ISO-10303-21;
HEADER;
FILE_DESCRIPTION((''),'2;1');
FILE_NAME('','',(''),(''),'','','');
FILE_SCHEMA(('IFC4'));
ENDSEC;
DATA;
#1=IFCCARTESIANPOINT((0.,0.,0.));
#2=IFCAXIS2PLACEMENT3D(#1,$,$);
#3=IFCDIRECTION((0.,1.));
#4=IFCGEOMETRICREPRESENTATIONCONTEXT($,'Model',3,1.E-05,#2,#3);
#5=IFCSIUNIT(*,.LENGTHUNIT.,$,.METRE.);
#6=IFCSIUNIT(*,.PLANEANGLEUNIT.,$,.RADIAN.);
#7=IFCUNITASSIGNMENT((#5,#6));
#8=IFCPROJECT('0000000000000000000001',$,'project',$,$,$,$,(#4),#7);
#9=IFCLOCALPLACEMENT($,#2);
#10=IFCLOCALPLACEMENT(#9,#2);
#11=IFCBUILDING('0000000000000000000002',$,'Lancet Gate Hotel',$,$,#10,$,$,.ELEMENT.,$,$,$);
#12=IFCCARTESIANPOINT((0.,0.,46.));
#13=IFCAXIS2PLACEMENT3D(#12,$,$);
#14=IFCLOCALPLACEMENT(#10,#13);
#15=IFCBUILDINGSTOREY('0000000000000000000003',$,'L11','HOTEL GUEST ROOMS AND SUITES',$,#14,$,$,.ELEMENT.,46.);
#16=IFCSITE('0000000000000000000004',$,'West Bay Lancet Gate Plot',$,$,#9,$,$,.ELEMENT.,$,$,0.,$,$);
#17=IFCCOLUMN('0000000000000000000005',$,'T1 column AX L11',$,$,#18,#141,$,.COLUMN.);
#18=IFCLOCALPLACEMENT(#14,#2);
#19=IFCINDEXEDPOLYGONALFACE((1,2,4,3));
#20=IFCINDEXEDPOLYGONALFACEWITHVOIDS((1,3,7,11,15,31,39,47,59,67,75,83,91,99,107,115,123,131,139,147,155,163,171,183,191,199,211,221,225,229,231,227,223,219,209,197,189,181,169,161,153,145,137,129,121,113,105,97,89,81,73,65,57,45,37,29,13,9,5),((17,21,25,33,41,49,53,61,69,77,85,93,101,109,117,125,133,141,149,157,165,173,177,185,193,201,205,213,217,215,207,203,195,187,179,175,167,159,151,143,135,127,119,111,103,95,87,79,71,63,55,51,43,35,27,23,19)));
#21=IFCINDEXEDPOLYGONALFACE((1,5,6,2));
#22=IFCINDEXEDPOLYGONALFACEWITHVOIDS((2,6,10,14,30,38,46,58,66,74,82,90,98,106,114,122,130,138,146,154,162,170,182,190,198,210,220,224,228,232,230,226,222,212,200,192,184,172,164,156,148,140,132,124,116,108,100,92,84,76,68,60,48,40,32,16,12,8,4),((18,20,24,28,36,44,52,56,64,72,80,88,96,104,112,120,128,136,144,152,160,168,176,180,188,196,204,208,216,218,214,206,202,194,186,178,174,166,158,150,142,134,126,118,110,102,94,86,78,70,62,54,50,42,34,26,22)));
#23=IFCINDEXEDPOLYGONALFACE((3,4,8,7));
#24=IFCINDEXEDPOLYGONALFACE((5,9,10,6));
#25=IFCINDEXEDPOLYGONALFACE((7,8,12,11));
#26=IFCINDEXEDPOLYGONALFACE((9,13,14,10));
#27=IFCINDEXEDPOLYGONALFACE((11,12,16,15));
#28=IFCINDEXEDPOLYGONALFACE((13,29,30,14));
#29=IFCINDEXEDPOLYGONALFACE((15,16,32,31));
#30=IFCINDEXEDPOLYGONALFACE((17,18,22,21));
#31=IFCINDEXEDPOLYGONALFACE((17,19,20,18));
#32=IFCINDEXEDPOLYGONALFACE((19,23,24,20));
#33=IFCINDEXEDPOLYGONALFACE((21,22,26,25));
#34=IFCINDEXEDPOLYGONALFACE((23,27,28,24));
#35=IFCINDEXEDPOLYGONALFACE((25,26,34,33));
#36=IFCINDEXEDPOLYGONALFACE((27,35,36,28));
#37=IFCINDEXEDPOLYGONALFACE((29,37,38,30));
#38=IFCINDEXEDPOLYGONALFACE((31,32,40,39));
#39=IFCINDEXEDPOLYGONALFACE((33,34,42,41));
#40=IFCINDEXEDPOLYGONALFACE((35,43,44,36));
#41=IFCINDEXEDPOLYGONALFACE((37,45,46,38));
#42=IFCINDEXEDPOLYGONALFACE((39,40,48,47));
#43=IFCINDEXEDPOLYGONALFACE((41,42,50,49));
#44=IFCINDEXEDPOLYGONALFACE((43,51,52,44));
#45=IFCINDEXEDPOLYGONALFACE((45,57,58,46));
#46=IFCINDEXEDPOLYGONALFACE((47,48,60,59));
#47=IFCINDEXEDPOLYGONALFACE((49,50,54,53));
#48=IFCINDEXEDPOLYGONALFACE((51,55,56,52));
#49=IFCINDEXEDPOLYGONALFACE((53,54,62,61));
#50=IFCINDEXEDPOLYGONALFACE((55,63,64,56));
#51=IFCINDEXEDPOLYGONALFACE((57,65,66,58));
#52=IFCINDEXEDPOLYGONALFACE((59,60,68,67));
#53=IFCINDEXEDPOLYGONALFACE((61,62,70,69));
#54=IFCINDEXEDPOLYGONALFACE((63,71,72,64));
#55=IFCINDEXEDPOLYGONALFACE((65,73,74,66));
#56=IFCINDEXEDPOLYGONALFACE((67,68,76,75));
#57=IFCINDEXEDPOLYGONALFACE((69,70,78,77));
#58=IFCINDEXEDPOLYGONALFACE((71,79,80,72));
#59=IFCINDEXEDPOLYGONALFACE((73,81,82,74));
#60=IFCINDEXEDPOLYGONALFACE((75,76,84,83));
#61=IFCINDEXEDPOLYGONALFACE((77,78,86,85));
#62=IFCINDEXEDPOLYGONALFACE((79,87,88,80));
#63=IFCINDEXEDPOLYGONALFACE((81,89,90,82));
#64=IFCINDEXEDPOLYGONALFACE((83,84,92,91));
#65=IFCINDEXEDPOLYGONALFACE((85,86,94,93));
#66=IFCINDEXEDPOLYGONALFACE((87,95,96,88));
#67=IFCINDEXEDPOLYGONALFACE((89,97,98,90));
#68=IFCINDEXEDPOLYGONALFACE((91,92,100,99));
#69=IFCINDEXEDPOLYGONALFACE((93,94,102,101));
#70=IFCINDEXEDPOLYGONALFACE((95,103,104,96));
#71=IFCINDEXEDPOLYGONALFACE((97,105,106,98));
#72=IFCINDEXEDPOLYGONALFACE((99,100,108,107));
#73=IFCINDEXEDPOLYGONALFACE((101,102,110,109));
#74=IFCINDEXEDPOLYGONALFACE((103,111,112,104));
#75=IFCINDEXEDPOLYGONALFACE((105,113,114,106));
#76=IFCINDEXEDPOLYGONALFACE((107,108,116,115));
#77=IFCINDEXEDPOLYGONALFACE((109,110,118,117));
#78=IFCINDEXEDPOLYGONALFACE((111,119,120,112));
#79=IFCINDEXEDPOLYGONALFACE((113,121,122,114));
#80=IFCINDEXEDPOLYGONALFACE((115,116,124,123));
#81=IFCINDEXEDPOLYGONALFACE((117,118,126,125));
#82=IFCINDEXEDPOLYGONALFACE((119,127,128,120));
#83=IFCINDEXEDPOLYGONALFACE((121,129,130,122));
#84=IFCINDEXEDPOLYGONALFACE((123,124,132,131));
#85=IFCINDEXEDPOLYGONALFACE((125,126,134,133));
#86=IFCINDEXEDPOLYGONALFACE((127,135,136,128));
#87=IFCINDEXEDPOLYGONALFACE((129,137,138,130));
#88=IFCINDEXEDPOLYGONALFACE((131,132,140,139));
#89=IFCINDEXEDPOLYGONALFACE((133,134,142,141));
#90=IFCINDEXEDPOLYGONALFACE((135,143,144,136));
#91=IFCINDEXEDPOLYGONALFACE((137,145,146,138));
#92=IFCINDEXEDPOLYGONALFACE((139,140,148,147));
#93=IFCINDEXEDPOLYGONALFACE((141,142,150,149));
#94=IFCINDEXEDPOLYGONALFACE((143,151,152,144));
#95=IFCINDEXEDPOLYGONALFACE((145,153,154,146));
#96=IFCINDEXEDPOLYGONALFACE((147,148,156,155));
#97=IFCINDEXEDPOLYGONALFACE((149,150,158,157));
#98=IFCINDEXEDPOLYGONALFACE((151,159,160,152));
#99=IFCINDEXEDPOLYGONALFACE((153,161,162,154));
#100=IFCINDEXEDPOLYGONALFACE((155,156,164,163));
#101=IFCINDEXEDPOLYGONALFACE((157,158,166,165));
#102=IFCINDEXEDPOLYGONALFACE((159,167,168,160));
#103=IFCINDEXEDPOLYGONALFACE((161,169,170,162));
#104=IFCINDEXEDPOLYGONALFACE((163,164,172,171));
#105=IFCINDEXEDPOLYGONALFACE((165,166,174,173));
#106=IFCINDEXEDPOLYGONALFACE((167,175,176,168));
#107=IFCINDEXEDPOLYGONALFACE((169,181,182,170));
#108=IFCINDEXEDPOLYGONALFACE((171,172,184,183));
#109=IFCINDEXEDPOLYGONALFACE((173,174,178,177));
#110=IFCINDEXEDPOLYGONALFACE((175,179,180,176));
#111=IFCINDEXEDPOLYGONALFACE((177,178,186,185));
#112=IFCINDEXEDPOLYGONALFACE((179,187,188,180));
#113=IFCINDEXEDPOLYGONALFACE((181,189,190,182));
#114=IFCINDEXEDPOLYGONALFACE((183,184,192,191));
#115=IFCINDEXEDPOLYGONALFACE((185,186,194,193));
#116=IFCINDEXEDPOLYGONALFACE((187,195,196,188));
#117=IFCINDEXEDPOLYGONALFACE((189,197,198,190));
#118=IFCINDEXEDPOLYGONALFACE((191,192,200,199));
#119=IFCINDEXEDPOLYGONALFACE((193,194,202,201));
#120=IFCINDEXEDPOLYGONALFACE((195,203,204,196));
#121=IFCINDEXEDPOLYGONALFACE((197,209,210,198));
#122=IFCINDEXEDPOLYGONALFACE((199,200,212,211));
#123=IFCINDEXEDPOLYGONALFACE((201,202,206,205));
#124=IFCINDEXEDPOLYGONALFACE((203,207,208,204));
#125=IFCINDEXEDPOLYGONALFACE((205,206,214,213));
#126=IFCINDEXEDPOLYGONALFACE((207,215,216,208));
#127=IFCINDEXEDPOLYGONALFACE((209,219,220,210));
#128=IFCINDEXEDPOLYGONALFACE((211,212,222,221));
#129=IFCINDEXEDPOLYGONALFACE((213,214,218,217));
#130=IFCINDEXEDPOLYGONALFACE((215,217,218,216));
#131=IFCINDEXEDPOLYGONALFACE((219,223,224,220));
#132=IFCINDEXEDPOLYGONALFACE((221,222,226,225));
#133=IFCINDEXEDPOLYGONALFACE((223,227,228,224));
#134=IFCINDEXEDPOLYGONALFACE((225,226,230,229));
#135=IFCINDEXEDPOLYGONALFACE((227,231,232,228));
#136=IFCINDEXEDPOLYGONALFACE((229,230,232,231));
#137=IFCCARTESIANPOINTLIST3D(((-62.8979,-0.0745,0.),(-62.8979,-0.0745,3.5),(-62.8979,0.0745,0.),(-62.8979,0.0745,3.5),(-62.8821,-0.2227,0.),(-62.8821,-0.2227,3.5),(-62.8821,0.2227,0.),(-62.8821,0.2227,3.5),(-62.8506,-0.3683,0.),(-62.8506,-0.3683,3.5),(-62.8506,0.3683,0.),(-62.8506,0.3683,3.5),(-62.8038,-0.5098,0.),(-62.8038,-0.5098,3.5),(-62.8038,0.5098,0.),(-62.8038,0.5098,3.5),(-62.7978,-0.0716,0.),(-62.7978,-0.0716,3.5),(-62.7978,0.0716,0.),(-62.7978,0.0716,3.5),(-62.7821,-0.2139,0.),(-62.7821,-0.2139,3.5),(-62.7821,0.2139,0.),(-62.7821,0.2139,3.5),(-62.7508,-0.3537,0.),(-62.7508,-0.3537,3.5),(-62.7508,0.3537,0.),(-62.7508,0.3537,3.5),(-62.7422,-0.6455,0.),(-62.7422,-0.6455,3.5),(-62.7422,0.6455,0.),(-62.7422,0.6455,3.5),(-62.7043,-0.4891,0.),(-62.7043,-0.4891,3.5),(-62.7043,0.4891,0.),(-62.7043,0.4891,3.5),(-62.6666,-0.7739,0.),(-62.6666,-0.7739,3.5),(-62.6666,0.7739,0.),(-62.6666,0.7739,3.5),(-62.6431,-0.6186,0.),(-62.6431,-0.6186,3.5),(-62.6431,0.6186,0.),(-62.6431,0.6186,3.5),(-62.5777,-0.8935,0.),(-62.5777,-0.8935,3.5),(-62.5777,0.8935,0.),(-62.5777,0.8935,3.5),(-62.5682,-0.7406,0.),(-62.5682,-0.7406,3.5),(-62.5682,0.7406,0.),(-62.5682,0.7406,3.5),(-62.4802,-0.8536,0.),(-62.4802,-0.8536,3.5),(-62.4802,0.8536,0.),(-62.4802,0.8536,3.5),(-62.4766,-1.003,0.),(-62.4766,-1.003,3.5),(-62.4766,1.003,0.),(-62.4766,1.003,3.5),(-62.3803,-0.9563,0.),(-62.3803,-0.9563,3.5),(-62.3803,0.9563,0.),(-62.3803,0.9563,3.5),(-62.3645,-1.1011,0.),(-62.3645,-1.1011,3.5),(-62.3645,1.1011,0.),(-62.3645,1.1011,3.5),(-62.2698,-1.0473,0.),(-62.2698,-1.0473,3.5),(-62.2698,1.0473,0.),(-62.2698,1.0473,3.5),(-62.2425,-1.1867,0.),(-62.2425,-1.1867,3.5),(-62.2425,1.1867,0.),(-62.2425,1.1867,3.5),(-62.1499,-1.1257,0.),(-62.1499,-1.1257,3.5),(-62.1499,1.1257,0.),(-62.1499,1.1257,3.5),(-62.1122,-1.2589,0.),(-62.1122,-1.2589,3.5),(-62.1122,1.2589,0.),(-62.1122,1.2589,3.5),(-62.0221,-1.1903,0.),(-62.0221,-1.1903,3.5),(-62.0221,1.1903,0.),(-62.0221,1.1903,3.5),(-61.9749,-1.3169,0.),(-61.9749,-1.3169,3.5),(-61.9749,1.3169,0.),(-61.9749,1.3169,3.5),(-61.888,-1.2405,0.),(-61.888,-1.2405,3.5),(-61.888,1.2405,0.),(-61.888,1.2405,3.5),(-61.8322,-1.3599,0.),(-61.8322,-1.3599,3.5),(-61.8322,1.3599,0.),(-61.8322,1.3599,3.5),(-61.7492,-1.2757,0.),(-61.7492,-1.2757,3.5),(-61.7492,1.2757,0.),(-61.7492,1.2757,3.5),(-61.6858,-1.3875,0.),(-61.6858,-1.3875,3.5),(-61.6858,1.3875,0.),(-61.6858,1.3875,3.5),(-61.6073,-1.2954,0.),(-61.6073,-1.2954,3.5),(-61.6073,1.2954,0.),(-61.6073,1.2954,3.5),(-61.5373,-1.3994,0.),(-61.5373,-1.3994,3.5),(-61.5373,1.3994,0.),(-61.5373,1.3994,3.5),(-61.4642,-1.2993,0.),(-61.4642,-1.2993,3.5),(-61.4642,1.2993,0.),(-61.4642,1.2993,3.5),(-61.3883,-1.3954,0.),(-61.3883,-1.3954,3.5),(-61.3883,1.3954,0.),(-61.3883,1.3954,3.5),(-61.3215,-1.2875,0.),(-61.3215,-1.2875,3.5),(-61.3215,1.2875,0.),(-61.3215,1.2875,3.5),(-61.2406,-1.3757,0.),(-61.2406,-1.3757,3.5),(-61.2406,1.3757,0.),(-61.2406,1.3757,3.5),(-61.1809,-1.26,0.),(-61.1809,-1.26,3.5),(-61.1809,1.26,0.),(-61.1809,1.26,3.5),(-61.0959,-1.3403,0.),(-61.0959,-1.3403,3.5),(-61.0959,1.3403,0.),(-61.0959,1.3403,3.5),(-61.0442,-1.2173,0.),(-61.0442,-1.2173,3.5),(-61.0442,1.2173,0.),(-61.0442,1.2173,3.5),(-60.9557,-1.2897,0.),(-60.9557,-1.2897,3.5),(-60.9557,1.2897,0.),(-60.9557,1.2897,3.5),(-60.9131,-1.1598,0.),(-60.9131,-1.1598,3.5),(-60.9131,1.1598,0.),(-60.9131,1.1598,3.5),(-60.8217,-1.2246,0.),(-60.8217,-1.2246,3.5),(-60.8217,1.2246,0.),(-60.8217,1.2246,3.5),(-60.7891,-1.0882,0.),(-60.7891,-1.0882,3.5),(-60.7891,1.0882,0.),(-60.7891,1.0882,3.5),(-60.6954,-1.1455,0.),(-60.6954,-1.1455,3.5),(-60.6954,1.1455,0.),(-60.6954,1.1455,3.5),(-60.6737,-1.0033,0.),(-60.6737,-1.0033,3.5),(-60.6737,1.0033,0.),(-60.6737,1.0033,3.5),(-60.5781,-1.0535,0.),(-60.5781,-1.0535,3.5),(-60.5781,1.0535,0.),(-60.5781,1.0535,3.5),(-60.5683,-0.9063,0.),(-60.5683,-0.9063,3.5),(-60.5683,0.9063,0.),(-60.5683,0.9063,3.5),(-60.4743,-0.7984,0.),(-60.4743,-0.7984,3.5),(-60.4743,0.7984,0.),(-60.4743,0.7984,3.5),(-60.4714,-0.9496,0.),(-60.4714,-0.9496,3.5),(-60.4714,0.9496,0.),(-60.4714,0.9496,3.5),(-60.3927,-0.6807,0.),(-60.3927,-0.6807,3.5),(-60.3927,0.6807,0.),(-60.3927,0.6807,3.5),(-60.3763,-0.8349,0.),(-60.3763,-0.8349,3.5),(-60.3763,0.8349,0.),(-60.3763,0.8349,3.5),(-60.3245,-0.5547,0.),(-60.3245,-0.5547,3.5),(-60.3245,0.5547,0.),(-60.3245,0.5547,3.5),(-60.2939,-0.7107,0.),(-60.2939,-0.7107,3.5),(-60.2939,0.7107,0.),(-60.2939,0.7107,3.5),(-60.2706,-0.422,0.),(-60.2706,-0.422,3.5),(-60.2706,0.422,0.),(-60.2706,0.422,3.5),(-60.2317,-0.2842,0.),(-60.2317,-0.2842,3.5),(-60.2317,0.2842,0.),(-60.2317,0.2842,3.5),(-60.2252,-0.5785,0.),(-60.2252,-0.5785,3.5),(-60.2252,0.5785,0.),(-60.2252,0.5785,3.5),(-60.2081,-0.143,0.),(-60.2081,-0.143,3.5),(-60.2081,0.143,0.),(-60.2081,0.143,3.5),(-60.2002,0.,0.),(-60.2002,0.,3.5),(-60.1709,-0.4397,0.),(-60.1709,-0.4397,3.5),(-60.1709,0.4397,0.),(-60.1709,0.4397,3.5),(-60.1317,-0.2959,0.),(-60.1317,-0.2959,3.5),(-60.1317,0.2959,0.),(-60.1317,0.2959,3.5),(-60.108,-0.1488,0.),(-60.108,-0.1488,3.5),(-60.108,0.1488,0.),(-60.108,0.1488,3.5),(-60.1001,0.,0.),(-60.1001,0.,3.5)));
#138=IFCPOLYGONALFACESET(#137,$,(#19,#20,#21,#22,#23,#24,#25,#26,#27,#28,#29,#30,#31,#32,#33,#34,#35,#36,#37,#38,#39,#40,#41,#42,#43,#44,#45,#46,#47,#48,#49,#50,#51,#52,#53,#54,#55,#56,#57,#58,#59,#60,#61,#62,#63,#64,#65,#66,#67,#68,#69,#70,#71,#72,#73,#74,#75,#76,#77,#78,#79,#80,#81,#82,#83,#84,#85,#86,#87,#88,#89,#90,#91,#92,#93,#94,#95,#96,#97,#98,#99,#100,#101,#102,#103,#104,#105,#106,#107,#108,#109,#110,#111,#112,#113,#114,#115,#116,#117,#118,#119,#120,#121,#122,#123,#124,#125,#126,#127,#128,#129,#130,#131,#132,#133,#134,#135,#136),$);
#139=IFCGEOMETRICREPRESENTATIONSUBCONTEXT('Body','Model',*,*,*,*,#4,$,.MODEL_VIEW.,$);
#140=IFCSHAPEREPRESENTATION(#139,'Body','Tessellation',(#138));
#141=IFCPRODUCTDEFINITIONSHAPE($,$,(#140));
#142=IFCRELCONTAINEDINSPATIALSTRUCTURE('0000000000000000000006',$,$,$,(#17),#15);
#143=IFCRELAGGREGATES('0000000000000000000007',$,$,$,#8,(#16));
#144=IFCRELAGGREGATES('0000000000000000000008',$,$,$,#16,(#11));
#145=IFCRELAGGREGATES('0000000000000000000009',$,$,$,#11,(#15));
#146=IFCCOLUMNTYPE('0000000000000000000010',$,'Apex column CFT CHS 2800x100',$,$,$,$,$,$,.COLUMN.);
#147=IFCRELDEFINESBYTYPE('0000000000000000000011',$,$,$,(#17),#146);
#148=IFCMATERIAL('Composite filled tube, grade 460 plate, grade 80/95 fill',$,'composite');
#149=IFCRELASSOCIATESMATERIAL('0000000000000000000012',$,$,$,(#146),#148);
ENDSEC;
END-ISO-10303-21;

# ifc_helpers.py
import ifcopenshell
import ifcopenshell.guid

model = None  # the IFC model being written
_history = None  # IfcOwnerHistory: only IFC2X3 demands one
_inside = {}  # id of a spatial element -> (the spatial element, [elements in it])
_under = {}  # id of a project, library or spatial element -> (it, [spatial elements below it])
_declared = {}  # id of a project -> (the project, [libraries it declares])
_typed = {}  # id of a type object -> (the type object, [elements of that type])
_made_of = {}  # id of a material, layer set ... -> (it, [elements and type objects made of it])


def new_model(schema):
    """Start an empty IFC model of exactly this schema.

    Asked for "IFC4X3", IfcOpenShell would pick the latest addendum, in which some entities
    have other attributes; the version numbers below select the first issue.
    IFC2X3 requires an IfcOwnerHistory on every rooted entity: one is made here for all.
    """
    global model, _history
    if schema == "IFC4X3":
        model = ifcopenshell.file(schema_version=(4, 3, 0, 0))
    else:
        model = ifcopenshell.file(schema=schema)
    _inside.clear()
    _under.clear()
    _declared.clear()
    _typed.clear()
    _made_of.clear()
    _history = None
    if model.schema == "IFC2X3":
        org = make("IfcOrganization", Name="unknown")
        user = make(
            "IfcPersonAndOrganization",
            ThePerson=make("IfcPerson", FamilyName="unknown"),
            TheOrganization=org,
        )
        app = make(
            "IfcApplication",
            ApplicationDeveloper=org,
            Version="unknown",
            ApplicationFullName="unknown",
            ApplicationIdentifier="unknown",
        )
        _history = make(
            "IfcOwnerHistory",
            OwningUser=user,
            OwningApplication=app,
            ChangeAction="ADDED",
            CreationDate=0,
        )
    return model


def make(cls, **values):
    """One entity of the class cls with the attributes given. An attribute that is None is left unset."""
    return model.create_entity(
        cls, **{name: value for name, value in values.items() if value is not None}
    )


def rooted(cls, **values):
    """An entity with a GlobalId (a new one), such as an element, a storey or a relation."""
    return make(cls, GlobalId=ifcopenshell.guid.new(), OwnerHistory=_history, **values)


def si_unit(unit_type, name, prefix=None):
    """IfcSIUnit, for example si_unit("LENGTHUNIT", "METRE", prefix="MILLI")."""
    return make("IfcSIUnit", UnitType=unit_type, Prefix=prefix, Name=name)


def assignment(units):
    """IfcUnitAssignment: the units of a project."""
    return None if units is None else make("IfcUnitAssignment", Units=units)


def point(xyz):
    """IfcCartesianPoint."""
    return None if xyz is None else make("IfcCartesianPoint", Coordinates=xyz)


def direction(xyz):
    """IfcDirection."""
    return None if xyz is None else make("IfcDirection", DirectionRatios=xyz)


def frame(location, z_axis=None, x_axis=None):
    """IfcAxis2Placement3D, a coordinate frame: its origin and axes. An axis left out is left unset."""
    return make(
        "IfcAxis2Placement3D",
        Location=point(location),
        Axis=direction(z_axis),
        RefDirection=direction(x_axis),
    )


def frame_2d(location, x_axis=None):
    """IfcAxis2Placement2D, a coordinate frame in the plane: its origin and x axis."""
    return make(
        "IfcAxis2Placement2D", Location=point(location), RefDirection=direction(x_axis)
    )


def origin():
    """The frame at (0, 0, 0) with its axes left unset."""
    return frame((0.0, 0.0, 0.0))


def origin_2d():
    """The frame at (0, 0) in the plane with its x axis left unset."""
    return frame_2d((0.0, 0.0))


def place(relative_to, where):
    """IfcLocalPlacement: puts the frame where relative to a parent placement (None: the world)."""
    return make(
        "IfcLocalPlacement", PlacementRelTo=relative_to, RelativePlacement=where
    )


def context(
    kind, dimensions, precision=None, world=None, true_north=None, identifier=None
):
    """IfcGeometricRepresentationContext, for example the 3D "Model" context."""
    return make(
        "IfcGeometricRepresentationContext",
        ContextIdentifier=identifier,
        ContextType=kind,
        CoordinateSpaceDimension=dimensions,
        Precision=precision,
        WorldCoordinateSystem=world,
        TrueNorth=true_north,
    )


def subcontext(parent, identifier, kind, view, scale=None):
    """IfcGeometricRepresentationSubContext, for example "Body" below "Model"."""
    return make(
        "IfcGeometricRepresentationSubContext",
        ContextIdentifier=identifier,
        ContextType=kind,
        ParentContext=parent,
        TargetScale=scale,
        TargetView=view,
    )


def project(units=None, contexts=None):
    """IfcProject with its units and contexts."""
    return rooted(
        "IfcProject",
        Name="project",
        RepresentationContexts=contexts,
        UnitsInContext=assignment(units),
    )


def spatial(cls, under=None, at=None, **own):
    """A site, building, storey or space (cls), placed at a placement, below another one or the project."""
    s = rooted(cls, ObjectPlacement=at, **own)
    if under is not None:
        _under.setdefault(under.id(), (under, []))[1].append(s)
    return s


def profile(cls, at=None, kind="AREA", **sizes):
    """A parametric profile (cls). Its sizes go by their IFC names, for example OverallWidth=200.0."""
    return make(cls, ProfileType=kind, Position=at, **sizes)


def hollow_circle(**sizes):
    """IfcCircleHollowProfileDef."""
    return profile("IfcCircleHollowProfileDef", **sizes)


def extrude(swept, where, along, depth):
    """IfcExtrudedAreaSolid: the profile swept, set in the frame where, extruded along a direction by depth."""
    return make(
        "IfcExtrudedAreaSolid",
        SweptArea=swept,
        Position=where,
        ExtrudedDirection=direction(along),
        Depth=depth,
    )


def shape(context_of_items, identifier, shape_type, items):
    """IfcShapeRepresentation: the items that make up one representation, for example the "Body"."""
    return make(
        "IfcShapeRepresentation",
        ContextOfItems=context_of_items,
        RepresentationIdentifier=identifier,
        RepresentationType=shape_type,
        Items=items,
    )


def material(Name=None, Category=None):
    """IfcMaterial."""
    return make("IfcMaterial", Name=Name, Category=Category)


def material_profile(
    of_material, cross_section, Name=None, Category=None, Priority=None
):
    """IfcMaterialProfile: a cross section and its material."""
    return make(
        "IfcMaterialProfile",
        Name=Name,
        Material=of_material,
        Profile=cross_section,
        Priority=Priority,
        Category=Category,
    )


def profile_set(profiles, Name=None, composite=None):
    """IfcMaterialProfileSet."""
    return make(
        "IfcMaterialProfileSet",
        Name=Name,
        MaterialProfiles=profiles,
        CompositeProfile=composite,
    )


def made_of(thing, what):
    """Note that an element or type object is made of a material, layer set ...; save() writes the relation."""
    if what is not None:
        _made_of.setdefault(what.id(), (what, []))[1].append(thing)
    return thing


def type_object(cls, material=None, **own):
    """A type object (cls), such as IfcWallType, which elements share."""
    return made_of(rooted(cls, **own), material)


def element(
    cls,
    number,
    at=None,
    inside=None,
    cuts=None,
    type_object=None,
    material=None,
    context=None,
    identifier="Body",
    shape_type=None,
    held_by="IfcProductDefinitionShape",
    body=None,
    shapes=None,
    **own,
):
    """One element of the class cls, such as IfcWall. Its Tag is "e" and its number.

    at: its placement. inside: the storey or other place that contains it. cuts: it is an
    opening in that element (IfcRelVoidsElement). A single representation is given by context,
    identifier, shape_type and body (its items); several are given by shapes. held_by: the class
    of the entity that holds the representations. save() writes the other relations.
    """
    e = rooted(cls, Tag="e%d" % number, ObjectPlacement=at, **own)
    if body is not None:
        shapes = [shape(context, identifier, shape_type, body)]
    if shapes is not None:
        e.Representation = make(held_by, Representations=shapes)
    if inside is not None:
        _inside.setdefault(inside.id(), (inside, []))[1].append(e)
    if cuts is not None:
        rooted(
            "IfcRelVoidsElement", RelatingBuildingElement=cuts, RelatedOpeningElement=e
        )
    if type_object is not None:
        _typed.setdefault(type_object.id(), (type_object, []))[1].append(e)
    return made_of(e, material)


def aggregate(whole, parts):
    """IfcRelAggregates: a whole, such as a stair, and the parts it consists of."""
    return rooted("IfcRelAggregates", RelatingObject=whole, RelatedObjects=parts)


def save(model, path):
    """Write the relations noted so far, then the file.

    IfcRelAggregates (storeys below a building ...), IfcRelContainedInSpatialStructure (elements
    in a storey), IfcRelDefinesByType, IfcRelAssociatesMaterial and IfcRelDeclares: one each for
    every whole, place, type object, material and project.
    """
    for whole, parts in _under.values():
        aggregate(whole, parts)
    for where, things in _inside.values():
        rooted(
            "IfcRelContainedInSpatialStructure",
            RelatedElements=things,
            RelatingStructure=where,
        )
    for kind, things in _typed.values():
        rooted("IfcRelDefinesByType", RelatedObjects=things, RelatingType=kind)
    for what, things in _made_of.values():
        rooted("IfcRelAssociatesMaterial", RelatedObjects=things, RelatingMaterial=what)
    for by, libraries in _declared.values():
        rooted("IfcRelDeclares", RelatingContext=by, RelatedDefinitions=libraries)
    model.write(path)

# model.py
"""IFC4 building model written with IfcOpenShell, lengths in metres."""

from ifc_helpers import new_model, si_unit, direction, frame, origin, origin_2d, place, context, subcontext, project, spatial, hollow_circle, extrude, material, material_profile, profile_set, type_object, element, save


model = new_model("IFC4")

# Units and contexts
model_context = context("Model", 3, precision=1e-05, world=origin(), true_north=direction((0.0, 1.0)))
body_context = subcontext(model_context, "Body", "Model", "MODEL_VIEW")
ifc_project = project(units=[si_unit("LENGTHUNIT", "METRE"), si_unit("PLANEANGLEUNIT", "RADIAN")], contexts=[model_context])

# Site, building, storey
site_placement = place(None, origin())
site = spatial("IfcSite", under=ifc_project, at=site_placement, Name="West Bay Lancet Gate Plot", CompositionType="ELEMENT", RefElevation=0.0)
building_placement = place(site_placement, origin())
building = spatial("IfcBuilding", under=site, at=building_placement, Name="Lancet Gate Hotel", CompositionType="ELEMENT")
storey_placement = place(building_placement, frame((0.0, 0.0, 46.0)))
storey = spatial("IfcBuildingStorey", under=building, at=storey_placement, Name="L11", Description="HOTEL GUEST ROOMS AND SUITES", CompositionType="ELEMENT", Elevation=46.0)

# Column
ifc_material_1 = material(Name="Composite filled tube, grade 460 plate, grade 80/95 fill", Category="composite")
ifc_material_profile_1 = material_profile(ifc_material_1, hollow_circle(Radius=1.3999, WallThickness=0.1001, at=origin_2d()), Name="CHS 2800x100")
ifc_profile_set_1 = profile_set([ifc_material_profile_1], Name="Composite filled tube, grade 460 plate, grade 80/95 fill")
column_type_1 = type_object("IfcColumnType", Name="Apex column CFT CHS 2800x100", PredefinedType="COLUMN", material=ifc_profile_set_1)
column_1_placement = place(storey_placement, frame((-61.5, 0.0, 0.0), z_axis=(0.0, 0.0, 1.0), x_axis=(1.0, 0.0, 0.0)))
element("IfcColumn", 1, at=column_1_placement, inside=storey, type_object=column_type_1, Name="T1 column AX L11", PredefinedType="COLUMN", context=body_context, shape_type="SweptSolid", body=[
    extrude(hollow_circle(Radius=1.3999, WallThickness=0.1001, at=origin_2d()), origin(), (0.0, 0.0, 1.0), 3.5),
])

save(model, "model.ifc")
